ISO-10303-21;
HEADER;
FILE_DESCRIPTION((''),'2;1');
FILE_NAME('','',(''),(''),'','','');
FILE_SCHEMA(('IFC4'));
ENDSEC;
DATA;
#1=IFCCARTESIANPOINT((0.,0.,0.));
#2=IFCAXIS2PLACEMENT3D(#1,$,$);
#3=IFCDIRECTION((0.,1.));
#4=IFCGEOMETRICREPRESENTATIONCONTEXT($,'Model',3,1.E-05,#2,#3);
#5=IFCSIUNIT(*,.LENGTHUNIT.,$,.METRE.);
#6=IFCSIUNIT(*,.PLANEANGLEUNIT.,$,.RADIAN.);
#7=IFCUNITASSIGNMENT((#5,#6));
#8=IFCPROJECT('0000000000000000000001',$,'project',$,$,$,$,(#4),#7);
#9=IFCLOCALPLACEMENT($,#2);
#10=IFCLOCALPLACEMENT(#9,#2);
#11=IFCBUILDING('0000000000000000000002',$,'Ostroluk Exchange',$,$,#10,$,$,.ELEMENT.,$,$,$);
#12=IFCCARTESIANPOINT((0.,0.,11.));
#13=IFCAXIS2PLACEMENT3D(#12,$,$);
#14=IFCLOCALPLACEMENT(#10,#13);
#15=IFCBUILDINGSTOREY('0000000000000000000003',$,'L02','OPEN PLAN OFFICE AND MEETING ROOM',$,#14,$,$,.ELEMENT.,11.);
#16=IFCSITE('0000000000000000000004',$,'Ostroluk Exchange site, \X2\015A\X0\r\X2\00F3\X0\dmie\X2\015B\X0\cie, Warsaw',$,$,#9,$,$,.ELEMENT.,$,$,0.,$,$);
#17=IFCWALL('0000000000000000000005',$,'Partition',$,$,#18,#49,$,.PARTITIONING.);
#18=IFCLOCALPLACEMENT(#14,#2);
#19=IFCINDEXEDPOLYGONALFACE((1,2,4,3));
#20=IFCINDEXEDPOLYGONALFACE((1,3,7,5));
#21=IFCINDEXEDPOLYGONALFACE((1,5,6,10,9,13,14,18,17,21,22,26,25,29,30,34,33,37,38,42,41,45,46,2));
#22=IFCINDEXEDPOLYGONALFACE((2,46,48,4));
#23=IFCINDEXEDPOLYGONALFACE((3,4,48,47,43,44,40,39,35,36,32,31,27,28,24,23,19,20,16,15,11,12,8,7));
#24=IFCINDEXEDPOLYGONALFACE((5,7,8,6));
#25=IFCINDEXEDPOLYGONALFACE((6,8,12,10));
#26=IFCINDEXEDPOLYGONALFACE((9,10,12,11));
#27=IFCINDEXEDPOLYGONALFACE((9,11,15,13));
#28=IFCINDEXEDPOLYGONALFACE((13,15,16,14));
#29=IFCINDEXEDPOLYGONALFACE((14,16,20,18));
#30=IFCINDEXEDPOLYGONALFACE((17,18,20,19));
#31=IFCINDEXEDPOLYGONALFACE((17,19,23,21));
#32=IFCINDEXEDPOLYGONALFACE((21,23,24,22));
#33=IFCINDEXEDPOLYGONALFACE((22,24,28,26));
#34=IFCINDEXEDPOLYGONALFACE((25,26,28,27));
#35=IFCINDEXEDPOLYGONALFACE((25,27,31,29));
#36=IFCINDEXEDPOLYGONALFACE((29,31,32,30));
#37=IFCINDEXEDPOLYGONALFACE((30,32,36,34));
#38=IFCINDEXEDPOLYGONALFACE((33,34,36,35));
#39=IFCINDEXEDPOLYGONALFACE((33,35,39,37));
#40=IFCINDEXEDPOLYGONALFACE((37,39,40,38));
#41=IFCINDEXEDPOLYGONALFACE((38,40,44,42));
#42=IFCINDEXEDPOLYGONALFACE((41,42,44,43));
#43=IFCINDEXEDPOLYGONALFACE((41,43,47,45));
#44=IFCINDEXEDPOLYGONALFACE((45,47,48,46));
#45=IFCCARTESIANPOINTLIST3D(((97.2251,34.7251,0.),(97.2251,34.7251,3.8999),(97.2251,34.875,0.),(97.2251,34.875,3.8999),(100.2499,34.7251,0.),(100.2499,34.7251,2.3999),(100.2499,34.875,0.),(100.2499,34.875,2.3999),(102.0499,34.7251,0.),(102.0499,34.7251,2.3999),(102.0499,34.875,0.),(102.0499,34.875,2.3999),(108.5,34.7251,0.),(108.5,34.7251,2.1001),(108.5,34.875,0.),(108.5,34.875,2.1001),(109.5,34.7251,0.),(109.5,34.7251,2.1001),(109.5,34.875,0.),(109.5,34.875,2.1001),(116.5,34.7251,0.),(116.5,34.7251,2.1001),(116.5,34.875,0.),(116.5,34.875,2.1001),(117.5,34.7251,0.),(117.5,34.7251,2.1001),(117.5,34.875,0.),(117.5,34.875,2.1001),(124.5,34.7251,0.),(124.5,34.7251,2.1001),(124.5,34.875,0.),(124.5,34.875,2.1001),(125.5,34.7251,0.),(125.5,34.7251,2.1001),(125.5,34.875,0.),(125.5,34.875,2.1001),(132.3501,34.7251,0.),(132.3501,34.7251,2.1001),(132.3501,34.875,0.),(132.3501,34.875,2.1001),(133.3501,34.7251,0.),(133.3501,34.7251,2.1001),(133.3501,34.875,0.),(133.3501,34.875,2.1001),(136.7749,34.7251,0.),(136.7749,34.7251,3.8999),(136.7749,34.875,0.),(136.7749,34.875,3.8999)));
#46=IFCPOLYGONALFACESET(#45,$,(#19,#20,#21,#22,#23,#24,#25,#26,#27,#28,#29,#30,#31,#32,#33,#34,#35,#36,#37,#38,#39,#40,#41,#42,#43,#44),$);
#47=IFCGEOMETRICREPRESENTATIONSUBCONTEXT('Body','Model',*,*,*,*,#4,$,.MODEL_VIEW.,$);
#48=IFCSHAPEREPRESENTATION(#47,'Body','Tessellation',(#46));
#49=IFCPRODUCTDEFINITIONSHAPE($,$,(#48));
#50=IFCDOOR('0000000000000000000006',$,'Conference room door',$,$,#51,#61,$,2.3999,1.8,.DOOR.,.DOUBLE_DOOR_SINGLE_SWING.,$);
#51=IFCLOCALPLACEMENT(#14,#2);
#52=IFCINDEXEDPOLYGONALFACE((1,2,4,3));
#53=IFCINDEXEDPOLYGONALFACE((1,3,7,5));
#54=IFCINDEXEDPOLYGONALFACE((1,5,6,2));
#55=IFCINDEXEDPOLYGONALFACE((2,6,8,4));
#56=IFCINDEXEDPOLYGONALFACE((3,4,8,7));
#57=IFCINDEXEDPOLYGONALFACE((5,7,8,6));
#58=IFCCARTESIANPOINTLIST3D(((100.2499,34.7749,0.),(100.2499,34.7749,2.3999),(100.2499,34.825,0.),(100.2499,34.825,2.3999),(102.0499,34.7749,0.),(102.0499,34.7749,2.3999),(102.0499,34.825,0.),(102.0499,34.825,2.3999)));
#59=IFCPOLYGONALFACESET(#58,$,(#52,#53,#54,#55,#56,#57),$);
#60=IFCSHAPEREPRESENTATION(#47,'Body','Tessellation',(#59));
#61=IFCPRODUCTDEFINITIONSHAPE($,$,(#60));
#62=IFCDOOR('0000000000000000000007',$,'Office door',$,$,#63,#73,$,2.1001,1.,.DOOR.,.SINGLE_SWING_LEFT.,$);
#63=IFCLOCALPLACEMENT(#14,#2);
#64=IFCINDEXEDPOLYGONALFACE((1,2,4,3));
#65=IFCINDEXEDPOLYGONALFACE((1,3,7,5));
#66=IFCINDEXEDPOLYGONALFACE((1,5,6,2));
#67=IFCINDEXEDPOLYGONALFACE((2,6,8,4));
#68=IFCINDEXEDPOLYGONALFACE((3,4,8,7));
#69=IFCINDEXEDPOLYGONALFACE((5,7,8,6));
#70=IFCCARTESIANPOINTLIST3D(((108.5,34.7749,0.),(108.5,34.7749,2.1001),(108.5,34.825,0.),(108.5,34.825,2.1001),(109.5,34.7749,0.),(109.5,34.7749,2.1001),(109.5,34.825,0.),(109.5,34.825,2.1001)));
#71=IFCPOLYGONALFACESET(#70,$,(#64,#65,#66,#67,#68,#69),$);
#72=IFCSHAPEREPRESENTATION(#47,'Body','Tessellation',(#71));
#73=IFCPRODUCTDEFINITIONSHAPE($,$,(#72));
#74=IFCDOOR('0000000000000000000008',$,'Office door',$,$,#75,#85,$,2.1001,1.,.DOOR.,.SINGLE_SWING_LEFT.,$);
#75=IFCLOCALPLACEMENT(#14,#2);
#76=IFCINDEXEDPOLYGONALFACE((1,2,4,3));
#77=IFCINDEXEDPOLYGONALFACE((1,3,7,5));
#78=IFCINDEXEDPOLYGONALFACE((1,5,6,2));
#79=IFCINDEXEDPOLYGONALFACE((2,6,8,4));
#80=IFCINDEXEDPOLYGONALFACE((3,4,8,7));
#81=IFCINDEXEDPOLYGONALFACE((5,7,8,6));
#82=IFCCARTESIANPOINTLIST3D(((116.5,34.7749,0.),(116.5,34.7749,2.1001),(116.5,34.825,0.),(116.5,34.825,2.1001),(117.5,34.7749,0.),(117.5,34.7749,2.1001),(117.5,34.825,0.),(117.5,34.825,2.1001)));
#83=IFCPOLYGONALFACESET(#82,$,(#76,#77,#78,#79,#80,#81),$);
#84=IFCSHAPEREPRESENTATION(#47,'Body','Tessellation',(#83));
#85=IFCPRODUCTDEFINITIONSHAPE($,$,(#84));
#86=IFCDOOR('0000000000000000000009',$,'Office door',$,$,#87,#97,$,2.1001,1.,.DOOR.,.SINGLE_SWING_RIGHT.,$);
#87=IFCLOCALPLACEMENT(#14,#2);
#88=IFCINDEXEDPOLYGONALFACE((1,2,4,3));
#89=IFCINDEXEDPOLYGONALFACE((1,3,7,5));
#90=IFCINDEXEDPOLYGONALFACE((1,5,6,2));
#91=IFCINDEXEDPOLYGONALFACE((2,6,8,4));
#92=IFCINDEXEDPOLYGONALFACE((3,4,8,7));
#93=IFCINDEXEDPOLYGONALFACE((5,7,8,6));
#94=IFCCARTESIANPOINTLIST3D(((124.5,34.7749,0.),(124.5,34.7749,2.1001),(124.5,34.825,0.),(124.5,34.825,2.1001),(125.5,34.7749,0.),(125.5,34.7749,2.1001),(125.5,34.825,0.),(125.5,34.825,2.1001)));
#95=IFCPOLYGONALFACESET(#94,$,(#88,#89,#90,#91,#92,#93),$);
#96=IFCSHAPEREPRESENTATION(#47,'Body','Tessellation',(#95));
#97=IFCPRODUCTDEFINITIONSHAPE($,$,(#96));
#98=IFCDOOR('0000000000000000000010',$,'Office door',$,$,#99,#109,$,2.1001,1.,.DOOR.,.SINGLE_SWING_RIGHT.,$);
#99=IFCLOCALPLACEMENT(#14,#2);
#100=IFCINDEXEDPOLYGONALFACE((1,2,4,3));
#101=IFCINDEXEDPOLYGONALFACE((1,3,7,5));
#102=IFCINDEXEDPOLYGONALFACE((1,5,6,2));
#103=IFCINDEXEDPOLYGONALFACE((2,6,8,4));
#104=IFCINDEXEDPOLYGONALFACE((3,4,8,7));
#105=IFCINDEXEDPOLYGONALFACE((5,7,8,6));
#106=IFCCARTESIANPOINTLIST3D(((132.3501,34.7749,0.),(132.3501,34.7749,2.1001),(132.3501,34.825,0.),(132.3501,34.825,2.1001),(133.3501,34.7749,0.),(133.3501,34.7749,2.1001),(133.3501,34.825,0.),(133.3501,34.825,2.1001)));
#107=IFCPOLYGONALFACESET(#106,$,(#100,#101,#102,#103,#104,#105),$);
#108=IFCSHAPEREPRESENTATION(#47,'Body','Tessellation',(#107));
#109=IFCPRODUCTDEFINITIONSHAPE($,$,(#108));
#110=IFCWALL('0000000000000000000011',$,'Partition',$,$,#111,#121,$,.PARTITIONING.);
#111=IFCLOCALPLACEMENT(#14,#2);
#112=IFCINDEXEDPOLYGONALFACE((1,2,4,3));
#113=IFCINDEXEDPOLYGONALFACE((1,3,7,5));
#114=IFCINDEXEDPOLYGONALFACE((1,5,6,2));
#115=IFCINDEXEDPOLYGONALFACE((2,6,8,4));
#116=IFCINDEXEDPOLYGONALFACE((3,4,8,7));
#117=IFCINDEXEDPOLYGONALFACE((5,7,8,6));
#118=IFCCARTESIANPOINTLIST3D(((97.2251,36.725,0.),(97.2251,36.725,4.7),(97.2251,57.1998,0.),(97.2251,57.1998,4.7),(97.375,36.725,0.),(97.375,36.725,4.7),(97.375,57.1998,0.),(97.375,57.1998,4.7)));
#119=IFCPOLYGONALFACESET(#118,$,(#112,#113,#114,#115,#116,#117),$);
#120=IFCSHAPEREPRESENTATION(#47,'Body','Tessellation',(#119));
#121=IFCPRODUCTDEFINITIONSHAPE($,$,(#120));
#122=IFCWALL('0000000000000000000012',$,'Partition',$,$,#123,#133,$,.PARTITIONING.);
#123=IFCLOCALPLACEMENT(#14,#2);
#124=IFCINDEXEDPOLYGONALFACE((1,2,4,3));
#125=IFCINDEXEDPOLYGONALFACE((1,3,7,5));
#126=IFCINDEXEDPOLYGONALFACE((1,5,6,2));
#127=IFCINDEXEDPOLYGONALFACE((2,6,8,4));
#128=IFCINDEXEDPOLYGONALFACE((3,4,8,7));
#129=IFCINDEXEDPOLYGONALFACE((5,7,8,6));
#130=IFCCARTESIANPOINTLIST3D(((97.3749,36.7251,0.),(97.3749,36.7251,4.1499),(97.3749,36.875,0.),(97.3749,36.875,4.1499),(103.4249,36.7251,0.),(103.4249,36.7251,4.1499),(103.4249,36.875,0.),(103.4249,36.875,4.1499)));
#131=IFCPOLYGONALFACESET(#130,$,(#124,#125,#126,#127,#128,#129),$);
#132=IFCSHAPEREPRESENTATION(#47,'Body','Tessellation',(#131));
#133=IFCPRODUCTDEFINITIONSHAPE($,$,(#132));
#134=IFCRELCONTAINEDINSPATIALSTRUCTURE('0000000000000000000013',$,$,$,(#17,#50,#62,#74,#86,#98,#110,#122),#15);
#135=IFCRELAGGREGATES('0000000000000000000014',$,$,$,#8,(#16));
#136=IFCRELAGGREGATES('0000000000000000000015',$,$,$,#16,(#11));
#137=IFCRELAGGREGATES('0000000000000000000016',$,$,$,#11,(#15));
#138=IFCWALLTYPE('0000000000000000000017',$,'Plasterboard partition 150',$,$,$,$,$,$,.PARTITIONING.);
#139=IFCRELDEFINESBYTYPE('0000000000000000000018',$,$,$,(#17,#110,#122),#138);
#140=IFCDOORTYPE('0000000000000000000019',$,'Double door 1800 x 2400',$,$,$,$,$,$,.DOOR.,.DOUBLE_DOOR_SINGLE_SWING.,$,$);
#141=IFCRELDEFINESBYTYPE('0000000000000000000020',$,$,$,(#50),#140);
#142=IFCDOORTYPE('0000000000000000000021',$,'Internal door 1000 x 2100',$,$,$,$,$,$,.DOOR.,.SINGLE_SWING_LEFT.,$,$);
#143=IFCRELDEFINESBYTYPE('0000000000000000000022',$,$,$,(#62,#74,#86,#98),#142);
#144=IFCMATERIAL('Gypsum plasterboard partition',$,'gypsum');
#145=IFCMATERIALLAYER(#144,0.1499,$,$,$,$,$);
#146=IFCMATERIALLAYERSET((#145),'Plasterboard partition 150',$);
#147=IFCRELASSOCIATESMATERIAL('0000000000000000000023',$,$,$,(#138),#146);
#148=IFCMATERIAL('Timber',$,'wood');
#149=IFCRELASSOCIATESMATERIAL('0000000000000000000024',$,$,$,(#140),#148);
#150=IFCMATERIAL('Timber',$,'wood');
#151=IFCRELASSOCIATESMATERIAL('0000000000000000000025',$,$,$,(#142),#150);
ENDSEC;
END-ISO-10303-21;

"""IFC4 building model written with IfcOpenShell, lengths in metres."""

from ifc_helpers import new_model, si_unit, direction, frame, frame_2d, origin, place, context, subcontext, project, spatial, rectangle, extrude, material, layer, layer_set, type_object, element, fill, save


model = new_model("IFC4")

# Units and contexts
model_context = context("Model", 3, precision=1e-05, world=origin(), true_north=direction((0.0, 1.0)))
body_context = subcontext(model_context, "Body", "Model", "MODEL_VIEW")
ifc_project = project(units=[si_unit("LENGTHUNIT", "METRE"), si_unit("PLANEANGLEUNIT", "RADIAN")], contexts=[model_context])

# Site, building, storey
site_placement = place(None, origin())
site = spatial("IfcSite", under=ifc_project, at=site_placement, Name="Ostroluk Exchange site, Śródmieście, Warsaw", CompositionType="ELEMENT", RefElevation=0.0)
building_placement = place(site_placement, origin())
building = spatial("IfcBuilding", under=site, at=building_placement, Name="Ostroluk Exchange", CompositionType="ELEMENT")
storey_placement = place(building_placement, frame((0.0, 0.0, 11.0)))
storey = spatial("IfcBuildingStorey", under=building, at=storey_placement, Name="L02", Description="OPEN PLAN OFFICE AND MEETING ROOM", CompositionType="ELEMENT", Elevation=11.0)

# Wall, openings, doors
ifc_material_1 = material(Name="Gypsum plasterboard partition", Category="gypsum")
ifc_layer_1 = layer(ifc_material_1, 0.1499)
ifc_layer_set_1 = layer_set([ifc_layer_1], Name="Plasterboard partition 150")
wall_type_1 = type_object("IfcWallType", Name="Plasterboard partition 150", PredefinedType="PARTITIONING", material=ifc_layer_set_1)
wall_1_placement = place(storey_placement, frame((97.2251, 34.8, 0.0), z_axis=(0.0, 0.0, 1.0), x_axis=(1.0, 0.0, 0.0)))
wall_1 = element("IfcWall", 1, at=wall_1_placement, inside=storey, type_object=wall_type_1, Name="Partition", PredefinedType="PARTITIONING", context=body_context, shape_type="SweptSolid", body=[
    extrude(rectangle(XDim=39.5498, YDim=0.1499, at=frame_2d((19.7749, 0.0))), origin(), (0.0, 0.0, 1.0), 3.8999),
])
opening_1_placement = place(wall_1_placement, frame((3.0249, 0.0, 0.0)))
opening_1 = element("IfcOpeningElement", 2, at=opening_1_placement, cuts=wall_1, PredefinedType="OPENING", context=body_context, shape_type="SweptSolid", body=[
    extrude(rectangle(XDim=1.8, YDim=2.3999, at=frame_2d((0.8999, 1.2))), frame((0.0, 0.085, 0.0), z_axis=(0.0, -1.0, 0.0), x_axis=(1.0, 0.0, 0.0)), (0.0, 0.0, 1.0), 0.1699),
])
opening_2_placement = place(wall_1_placement, frame((11.2749, 0.0, 0.0)))
opening_2 = element("IfcOpeningElement", 3, at=opening_2_placement, cuts=wall_1, PredefinedType="OPENING", context=body_context, shape_type="SweptSolid", body=[
    extrude(rectangle(XDim=1.0, YDim=2.1001, at=frame_2d((0.5, 1.05))), frame((0.0, 0.085, 0.0), z_axis=(0.0, -1.0, 0.0), x_axis=(1.0, 0.0, 0.0)), (0.0, 0.0, 1.0), 0.1699),
])
opening_3_placement = place(wall_1_placement, frame((19.2749, 0.0, 0.0)))
opening_3 = element("IfcOpeningElement", 4, at=opening_3_placement, cuts=wall_1, PredefinedType="OPENING", context=body_context, shape_type="SweptSolid", body=[
    extrude(rectangle(XDim=1.0, YDim=2.1001, at=frame_2d((0.5, 1.05))), frame((0.0, 0.085, 0.0), z_axis=(0.0, -1.0, 0.0), x_axis=(1.0, 0.0, 0.0)), (0.0, 0.0, 1.0), 0.1699),
])
opening_4_placement = place(wall_1_placement, frame((27.2749, 0.0, 0.0)))
opening_4 = element("IfcOpeningElement", 5, at=opening_4_placement, cuts=wall_1, PredefinedType="OPENING", context=body_context, shape_type="SweptSolid", body=[
    extrude(rectangle(XDim=1.0, YDim=2.1001, at=frame_2d((0.5, 1.05))), frame((0.0, 0.085, 0.0), z_axis=(0.0, -1.0, 0.0), x_axis=(1.0, 0.0, 0.0)), (0.0, 0.0, 1.0), 0.1699),
])
opening_5_placement = place(wall_1_placement, frame((35.125, 0.0, 0.0)))
opening_5 = element("IfcOpeningElement", 6, at=opening_5_placement, cuts=wall_1, PredefinedType="OPENING", context=body_context, shape_type="SweptSolid", body=[
    extrude(rectangle(XDim=1.0, YDim=2.1001, at=frame_2d((0.5, 1.05))), frame((0.0, 0.085, 0.0), z_axis=(0.0, -1.0, 0.0), x_axis=(1.0, 0.0, 0.0)), (0.0, 0.0, 1.0), 0.1699),
])
ifc_material_2 = material(Name="Timber", Category="wood")
door_type_1 = type_object("IfcDoorType", Name="Double door 1800 x 2400", OperationType="DOUBLE_DOOR_SINGLE_SWING", PredefinedType="DOOR", material=ifc_material_2)
door_1_placement = place(opening_1_placement, origin())
door_1 = element("IfcDoor", 7, at=door_1_placement, inside=storey, type_object=door_type_1, Name="Conference room door", OperationType="DOUBLE_DOOR_SINGLE_SWING", OverallHeight=2.3999, OverallWidth=1.8, PredefinedType="DOOR", context=body_context, shape_type="SweptSolid", body=[
    extrude(rectangle(XDim=1.8, YDim=2.3999, at=frame_2d((0.8999, 1.2))), frame((0.0, 0.0249, 0.0), z_axis=(0.0, -1.0, 0.0), x_axis=(1.0, 0.0, 0.0)), (0.0, 0.0, 1.0), 0.05),
])
fill(opening_1, door_1)
ifc_material_3 = material(Name="Timber", Category="wood")
door_type_2 = type_object("IfcDoorType", Name="Internal door 1000 x 2100", OperationType="SINGLE_SWING_LEFT", PredefinedType="DOOR", material=ifc_material_3)
door_2_placement = place(opening_2_placement, origin())
door_2 = element("IfcDoor", 8, at=door_2_placement, inside=storey, type_object=door_type_2, Name="Office door", OperationType="SINGLE_SWING_LEFT", OverallHeight=2.1001, OverallWidth=1.0, PredefinedType="DOOR", context=body_context, shape_type="SweptSolid", body=[
    extrude(rectangle(XDim=1.0, YDim=2.1001, at=frame_2d((0.5, 1.05))), frame((0.0, 0.0249, 0.0), z_axis=(0.0, -1.0, 0.0), x_axis=(1.0, 0.0, 0.0)), (0.0, 0.0, 1.0), 0.05),
])
fill(opening_2, door_2)
door_3_placement = place(opening_3_placement, origin())
door_3 = element("IfcDoor", 9, at=door_3_placement, inside=storey, type_object=door_type_2, Name="Office door", OperationType="SINGLE_SWING_LEFT", OverallHeight=2.1001, OverallWidth=1.0, PredefinedType="DOOR", context=body_context, shape_type="SweptSolid", body=[
    extrude(rectangle(XDim=1.0, YDim=2.1001, at=frame_2d((0.5, 1.05))), frame((0.0, 0.0249, 0.0), z_axis=(0.0, -1.0, 0.0), x_axis=(1.0, 0.0, 0.0)), (0.0, 0.0, 1.0), 0.05),
])
fill(opening_3, door_3)
door_4_placement = place(opening_4_placement, origin())
door_4 = element("IfcDoor", 10, at=door_4_placement, inside=storey, type_object=door_type_2, Name="Office door", OperationType="SINGLE_SWING_RIGHT", OverallHeight=2.1001, OverallWidth=1.0, PredefinedType="DOOR", context=body_context, shape_type="SweptSolid", body=[
    extrude(rectangle(XDim=1.0, YDim=2.1001, at=frame_2d((0.5, 1.05))), frame((0.0, 0.0249, 0.0), z_axis=(0.0, -1.0, 0.0), x_axis=(1.0, 0.0, 0.0)), (0.0, 0.0, 1.0), 0.05),
])
fill(opening_4, door_4)
door_5_placement = place(opening_5_placement, origin())
door_5 = element("IfcDoor", 11, at=door_5_placement, inside=storey, type_object=door_type_2, Name="Office door", OperationType="SINGLE_SWING_RIGHT", OverallHeight=2.1001, OverallWidth=1.0, PredefinedType="DOOR", context=body_context, shape_type="SweptSolid", body=[
    extrude(rectangle(XDim=1.0, YDim=2.1001, at=frame_2d((0.5, 1.05))), frame((0.0, 0.0249, 0.0), z_axis=(0.0, -1.0, 0.0), x_axis=(1.0, 0.0, 0.0)), (0.0, 0.0, 1.0), 0.05),
])
fill(opening_5, door_5)

# Walls
wall_2_placement = place(storey_placement, frame((97.3, 36.7251, 0.0), z_axis=(0.0, 0.0, 1.0), x_axis=(0.0, 1.0, 0.0)))
element("IfcWall", 12, at=wall_2_placement, inside=storey, type_object=wall_type_1, Name="Partition", PredefinedType="PARTITIONING", context=body_context, shape_type="SweptSolid", body=[
    extrude(rectangle(XDim=20.4749, YDim=0.1499, at=frame_2d((10.2373, 0.0))), origin(), (0.0, 0.0, 1.0), 4.7),
])
wall_3_placement = place(storey_placement, frame((97.375, 36.8, 0.0), z_axis=(0.0, 0.0, 1.0), x_axis=(1.0, 0.0, 0.0)))
element("IfcWall", 13, at=wall_3_placement, inside=storey, type_object=wall_type_1, Name="Partition", PredefinedType="PARTITIONING", context=body_context, shape_type="SweptSolid", body=[
    extrude(rectangle(XDim=6.05, YDim=0.1499, at=frame_2d((3.0249, 0.0))), origin(), (0.0, 0.0, 1.0), 4.1499),
])

save(model, "model.ifc")
